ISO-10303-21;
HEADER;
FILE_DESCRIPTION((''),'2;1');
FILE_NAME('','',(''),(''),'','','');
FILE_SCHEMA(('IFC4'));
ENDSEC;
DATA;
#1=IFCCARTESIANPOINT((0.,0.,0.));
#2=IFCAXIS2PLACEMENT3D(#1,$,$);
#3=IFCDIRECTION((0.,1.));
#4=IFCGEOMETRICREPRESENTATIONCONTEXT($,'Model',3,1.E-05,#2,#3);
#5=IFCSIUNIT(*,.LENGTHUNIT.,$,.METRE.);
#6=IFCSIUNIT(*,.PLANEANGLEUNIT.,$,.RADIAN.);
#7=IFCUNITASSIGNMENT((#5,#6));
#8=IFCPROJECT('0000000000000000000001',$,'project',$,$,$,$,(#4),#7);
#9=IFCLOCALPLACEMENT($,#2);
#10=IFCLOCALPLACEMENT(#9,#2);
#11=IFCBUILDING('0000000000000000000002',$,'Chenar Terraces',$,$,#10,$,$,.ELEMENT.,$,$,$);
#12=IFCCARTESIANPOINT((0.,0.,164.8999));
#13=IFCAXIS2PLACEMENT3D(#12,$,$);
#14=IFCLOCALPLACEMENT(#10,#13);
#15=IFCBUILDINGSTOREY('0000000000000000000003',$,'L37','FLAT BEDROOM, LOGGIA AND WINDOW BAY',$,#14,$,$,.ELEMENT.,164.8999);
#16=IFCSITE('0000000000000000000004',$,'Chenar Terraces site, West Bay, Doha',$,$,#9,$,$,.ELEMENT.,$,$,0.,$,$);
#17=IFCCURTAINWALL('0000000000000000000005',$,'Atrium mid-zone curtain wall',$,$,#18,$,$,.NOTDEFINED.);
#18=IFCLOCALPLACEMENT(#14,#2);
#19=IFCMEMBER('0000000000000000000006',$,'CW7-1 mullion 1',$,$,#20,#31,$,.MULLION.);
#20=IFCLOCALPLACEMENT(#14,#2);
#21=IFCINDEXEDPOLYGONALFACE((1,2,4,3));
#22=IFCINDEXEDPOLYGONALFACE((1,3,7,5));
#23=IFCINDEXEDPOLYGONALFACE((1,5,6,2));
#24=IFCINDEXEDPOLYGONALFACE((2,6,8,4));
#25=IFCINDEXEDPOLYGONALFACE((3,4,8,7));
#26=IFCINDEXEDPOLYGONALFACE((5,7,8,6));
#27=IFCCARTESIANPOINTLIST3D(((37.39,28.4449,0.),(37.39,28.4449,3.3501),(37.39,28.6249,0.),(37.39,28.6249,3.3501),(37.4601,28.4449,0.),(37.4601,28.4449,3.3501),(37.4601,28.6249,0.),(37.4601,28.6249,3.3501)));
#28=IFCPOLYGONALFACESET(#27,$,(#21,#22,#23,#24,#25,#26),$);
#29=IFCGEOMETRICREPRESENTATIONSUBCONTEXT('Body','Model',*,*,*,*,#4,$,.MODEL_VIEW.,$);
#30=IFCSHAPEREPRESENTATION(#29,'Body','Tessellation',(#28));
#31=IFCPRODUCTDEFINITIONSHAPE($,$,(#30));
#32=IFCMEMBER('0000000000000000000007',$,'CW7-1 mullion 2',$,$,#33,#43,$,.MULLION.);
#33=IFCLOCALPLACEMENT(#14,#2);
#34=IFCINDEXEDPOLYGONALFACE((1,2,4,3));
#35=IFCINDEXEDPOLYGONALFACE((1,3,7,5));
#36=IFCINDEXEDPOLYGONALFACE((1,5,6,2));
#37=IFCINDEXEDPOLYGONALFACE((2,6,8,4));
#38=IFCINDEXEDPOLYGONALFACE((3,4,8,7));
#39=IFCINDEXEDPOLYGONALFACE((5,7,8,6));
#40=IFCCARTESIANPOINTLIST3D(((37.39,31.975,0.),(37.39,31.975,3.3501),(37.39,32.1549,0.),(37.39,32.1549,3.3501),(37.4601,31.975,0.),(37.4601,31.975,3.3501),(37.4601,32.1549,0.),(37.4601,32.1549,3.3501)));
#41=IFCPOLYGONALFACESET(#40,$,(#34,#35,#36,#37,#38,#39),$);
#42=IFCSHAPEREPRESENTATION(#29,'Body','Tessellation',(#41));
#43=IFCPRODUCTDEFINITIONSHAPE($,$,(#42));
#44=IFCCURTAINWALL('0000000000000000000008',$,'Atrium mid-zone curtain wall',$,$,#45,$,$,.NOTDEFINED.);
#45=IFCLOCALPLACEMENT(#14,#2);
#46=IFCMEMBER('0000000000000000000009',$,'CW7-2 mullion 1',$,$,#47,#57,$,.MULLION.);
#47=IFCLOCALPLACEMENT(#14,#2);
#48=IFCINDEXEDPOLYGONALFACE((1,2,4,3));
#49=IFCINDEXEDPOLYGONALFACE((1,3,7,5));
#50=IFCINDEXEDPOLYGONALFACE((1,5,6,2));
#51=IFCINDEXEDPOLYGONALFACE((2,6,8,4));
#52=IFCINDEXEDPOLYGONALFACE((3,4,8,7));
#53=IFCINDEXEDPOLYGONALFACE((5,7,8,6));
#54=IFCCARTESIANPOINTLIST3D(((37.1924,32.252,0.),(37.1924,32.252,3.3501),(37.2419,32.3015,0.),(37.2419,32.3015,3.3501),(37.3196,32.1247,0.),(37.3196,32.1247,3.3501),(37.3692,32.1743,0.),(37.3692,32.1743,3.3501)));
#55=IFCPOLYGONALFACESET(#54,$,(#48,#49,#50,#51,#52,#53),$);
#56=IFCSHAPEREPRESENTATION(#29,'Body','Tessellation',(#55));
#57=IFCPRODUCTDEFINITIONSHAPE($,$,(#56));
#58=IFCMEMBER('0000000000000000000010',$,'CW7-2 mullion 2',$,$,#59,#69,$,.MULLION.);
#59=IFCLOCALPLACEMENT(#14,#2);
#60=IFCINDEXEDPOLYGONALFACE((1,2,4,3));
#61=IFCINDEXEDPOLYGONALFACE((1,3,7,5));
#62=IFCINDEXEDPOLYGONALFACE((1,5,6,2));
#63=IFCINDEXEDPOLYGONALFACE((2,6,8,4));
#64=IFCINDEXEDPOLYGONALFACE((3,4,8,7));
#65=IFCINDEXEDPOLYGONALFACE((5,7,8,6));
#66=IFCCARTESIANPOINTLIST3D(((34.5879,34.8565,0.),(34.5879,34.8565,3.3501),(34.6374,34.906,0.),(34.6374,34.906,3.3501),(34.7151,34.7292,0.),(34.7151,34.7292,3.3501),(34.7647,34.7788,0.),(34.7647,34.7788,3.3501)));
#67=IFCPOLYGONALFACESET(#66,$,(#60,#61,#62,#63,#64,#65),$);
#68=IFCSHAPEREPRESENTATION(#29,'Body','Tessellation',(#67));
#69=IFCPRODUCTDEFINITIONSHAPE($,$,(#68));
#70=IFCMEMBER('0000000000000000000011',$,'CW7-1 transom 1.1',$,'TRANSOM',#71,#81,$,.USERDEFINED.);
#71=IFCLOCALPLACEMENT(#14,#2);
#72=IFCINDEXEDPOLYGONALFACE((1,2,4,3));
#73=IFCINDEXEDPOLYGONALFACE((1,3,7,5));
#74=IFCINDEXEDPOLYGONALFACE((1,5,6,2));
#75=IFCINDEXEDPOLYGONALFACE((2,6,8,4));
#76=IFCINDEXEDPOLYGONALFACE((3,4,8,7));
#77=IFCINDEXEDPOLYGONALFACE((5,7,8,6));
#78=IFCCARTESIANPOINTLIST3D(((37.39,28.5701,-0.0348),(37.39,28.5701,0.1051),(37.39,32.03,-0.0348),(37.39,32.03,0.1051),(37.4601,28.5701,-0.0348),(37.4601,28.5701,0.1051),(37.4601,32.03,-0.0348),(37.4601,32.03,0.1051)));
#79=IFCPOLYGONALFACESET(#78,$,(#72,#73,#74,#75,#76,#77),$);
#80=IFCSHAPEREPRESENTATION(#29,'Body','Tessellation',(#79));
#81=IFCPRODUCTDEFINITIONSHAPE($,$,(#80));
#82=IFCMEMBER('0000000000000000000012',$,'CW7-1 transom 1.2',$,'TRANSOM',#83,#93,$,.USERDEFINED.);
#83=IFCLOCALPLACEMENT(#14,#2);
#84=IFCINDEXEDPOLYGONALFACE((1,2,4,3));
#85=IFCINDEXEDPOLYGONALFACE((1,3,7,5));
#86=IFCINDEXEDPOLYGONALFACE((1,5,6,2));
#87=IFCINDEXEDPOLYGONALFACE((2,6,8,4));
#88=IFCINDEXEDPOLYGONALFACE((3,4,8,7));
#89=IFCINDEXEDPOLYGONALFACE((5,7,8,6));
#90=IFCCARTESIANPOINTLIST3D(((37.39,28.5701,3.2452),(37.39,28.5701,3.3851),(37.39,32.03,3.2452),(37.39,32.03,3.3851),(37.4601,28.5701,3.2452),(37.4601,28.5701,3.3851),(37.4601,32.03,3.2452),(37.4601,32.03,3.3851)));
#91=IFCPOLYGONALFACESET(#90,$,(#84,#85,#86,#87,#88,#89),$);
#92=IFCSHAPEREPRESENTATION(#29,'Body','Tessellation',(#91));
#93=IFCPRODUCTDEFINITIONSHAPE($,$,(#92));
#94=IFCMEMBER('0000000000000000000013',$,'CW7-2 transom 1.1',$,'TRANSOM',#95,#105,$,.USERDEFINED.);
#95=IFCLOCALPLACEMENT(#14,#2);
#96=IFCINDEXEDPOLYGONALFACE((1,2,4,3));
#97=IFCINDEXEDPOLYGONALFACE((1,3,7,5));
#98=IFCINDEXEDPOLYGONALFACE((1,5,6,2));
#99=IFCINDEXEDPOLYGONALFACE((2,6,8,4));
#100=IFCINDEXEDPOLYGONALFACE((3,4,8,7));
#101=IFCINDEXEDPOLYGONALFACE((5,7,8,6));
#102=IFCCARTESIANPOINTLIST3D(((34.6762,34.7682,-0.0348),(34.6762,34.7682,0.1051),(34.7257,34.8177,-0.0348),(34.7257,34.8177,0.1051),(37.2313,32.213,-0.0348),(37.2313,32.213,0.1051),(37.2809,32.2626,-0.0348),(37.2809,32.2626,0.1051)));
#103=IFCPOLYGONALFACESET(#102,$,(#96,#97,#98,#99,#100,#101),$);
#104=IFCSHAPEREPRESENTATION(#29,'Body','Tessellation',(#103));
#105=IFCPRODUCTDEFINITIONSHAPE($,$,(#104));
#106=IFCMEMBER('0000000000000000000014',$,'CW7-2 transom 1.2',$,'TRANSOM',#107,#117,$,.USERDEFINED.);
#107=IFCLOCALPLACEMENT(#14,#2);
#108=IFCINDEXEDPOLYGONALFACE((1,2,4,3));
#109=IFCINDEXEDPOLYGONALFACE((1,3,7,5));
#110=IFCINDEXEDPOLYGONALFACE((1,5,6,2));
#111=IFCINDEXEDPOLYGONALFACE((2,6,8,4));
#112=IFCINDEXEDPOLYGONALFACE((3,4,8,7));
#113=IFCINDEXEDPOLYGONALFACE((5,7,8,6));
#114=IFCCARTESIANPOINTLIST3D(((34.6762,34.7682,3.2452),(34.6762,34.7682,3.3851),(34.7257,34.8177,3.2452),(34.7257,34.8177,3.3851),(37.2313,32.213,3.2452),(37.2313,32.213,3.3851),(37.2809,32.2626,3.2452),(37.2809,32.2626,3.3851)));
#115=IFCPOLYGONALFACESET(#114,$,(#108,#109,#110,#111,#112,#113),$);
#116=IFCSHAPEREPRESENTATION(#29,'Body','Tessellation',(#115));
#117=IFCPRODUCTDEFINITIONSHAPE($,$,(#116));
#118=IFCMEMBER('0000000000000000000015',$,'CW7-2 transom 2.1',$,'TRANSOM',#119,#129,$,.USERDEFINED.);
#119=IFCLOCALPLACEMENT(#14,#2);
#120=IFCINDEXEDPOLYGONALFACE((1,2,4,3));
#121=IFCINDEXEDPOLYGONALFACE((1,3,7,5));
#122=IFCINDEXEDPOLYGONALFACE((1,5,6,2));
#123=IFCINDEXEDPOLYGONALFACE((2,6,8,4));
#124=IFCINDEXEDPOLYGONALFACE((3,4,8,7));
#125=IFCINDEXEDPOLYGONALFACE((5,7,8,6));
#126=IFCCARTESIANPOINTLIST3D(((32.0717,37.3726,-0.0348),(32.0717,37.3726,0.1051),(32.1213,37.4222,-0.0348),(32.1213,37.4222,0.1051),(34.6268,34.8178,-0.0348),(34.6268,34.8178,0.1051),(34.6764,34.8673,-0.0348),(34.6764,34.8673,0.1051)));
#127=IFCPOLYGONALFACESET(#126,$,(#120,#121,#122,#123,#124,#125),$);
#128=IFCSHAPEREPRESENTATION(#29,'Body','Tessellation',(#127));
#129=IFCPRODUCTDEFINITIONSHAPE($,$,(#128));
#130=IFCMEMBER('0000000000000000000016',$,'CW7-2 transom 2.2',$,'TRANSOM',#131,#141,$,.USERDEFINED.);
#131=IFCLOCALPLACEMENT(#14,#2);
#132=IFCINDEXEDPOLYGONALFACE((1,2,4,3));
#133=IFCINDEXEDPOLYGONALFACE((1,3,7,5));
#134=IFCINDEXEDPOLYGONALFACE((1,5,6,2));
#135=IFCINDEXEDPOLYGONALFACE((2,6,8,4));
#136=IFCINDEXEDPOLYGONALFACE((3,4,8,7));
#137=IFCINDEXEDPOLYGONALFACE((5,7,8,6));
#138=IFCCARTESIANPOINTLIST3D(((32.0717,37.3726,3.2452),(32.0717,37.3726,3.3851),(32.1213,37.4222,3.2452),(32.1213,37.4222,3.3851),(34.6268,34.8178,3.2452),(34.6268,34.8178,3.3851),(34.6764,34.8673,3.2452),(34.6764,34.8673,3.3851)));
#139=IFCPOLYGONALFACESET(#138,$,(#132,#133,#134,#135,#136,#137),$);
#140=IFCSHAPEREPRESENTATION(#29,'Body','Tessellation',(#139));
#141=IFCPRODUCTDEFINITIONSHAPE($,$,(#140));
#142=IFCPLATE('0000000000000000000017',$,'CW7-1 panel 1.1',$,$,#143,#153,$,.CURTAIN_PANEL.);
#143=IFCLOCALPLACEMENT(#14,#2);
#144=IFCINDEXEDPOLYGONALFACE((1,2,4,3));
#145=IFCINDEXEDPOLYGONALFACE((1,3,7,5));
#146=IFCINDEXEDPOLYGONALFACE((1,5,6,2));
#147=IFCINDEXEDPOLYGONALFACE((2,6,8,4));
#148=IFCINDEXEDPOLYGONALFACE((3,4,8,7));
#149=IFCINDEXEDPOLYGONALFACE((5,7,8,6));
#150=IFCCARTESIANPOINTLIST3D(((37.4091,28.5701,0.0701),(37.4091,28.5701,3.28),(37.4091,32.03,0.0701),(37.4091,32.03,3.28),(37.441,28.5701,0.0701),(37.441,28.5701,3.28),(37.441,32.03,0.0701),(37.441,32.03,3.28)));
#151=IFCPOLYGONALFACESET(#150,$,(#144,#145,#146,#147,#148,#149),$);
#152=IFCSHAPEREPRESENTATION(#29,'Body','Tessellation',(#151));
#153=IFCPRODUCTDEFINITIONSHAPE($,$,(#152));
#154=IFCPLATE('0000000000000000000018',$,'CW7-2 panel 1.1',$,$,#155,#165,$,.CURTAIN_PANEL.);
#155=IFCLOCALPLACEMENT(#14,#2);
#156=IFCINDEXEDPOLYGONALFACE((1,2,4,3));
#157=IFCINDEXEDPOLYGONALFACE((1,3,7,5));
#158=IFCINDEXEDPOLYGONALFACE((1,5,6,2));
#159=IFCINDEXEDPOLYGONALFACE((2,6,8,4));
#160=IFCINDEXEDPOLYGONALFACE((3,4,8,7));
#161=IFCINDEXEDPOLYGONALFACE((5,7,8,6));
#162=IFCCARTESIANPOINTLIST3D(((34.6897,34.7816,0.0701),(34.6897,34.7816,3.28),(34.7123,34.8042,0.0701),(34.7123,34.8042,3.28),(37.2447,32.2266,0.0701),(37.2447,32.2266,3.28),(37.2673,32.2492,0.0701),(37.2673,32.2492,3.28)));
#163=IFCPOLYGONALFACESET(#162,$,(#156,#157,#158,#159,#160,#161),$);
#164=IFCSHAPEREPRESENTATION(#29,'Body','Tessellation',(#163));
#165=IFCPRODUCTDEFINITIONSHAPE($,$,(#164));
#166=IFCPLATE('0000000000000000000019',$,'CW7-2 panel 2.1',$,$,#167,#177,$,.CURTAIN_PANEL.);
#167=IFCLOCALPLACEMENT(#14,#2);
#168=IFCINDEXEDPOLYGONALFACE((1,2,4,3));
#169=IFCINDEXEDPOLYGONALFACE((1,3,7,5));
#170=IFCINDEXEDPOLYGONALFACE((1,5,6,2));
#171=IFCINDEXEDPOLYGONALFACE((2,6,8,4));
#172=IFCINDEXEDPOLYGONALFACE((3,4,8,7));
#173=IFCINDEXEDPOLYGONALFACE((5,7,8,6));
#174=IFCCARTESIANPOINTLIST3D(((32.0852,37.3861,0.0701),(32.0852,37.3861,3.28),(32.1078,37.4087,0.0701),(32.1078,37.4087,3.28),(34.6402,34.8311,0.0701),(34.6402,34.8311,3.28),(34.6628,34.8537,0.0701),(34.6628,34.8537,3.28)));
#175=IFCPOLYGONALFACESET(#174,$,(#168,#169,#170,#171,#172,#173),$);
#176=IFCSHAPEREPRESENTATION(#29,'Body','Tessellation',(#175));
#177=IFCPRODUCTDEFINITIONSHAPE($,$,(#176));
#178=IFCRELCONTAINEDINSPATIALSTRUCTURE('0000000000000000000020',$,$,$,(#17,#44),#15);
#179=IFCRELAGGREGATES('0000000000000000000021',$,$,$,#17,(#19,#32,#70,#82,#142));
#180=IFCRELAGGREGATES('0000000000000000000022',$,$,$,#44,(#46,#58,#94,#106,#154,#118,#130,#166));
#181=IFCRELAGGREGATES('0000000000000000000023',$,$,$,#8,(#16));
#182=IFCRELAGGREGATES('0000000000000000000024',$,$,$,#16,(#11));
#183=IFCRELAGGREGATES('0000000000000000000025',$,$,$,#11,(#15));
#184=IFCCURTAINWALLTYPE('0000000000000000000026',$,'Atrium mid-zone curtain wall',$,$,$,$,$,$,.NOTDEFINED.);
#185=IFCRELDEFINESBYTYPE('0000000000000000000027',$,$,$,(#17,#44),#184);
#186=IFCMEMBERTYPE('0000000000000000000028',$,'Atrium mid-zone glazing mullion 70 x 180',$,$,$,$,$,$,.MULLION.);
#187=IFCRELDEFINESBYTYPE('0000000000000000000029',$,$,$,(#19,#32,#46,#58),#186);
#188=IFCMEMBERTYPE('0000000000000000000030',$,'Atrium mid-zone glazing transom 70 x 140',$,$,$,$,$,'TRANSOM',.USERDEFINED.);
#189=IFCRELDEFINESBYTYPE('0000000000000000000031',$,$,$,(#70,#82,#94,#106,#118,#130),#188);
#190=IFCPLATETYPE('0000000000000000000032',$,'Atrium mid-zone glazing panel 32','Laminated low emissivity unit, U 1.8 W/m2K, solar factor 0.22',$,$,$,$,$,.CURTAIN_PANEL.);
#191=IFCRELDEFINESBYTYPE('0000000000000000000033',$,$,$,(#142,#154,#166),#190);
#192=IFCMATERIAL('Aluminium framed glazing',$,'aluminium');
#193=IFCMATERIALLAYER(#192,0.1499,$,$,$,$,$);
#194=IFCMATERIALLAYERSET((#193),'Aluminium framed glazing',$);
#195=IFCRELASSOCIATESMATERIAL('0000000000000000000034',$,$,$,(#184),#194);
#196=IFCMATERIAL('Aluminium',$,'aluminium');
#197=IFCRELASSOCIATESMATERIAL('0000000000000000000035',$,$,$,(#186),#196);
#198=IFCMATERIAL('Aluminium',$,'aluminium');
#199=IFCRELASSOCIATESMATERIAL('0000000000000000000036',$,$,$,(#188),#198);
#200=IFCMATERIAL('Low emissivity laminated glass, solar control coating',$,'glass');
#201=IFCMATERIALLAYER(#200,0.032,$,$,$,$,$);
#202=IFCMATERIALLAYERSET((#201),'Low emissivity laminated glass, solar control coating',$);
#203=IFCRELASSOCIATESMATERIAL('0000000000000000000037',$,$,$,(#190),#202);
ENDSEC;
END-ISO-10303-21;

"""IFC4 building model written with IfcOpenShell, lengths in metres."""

from ifc_helpers import new_model, si_unit, direction, frame, origin, origin_2d, place, context, subcontext, project, spatial, rectangle, extrude, material, layer, layer_set, material_profile, profile_set, type_object, element, aggregate, save


model = new_model("IFC4")

# Units and contexts
model_context = context("Model", 3, precision=1e-05, world=origin(), true_north=direction((0.0, 1.0)))
body_context = subcontext(model_context, "Body", "Model", "MODEL_VIEW")
ifc_project = project(units=[si_unit("LENGTHUNIT", "METRE"), si_unit("PLANEANGLEUNIT", "RADIAN")], contexts=[model_context])

# Site, building, storey
site_placement = place(None, origin())
site = spatial("IfcSite", under=ifc_project, at=site_placement, Name="Chenar Terraces site, West Bay, Doha", CompositionType="ELEMENT", RefElevation=0.0)
building_placement = place(site_placement, origin())
building = spatial("IfcBuilding", under=site, at=building_placement, Name="Chenar Terraces", CompositionType="ELEMENT")
storey_placement = place(building_placement, frame((0.0, 0.0, 164.8999)))
storey = spatial("IfcBuildingStorey", under=building, at=storey_placement, Name="L37", Description="FLAT BEDROOM, LOGGIA AND WINDOW BAY", CompositionType="ELEMENT", Elevation=164.8999)

# Curtain walls, members
ifc_material_1 = material(Name="Aluminium framed glazing", Category="aluminium")
ifc_layer_1 = layer(ifc_material_1, 0.1499)
ifc_layer_set_1 = layer_set([ifc_layer_1], Name="Aluminium framed glazing")
curtain_wall_type = type_object("IfcCurtainWallType", Name="Atrium mid-zone curtain wall", PredefinedType="NOTDEFINED", material=ifc_layer_set_1)
placement = place(storey_placement, origin())
curtain_wall_1 = element("IfcCurtainWall", 1, at=placement, inside=storey, type_object=curtain_wall_type, Name="Atrium mid-zone curtain wall", PredefinedType="NOTDEFINED")
ifc_material_2 = material(Name="Aluminium", Category="aluminium")
ifc_material_profile_1 = material_profile(ifc_material_2, rectangle(XDim=0.0701, YDim=0.1799, at=origin_2d()), Name="Atrium mid-zone glazing mullion 70 x 180")
ifc_profile_set_1 = profile_set([ifc_material_profile_1], Name="Aluminium")
member_type_1 = type_object("IfcMemberType", Name="Atrium mid-zone glazing mullion 70 x 180", PredefinedType="MULLION", material=ifc_profile_set_1)
member_1_placement = place(storey_placement, frame((37.425, 28.5349, 0.0), z_axis=(0.0, 0.0, 1.0), x_axis=(-1.0, 0.0, 0.0)))
member_1 = element("IfcMember", 2, at=member_1_placement, type_object=member_type_1, Name="CW7-1 mullion 1", PredefinedType="MULLION", context=body_context, shape_type="SweptSolid", body=[
    extrude(rectangle(XDim=0.0701, YDim=0.1799, at=origin_2d()), origin(), (0.0, 0.0, 1.0), 3.3501),
])
member_2_placement = place(storey_placement, frame((37.425, 32.0649, 0.0), z_axis=(0.0, 0.0, 1.0), x_axis=(-1.0, 0.0, 0.0)))
member_2 = element("IfcMember", 3, at=member_2_placement, type_object=member_type_1, Name="CW7-1 mullion 2", PredefinedType="MULLION", context=body_context, shape_type="SweptSolid", body=[
    extrude(rectangle(XDim=0.0701, YDim=0.1799, at=origin_2d()), origin(), (0.0, 0.0, 1.0), 3.3501),
])
curtain_wall_2 = element("IfcCurtainWall", 4, at=placement, inside=storey, type_object=curtain_wall_type, Name="Atrium mid-zone curtain wall", PredefinedType="NOTDEFINED")
member_3_placement = place(storey_placement, frame((37.2808, 32.2131, 0.0), z_axis=(0.0, 0.0, 1.0), x_axis=(-0.707107, -0.707107, 0.0)))
member_3 = element("IfcMember", 5, at=member_3_placement, type_object=member_type_1, Name="CW7-2 mullion 1", PredefinedType="MULLION", context=body_context, shape_type="SweptSolid", body=[
    extrude(rectangle(XDim=0.0701, YDim=0.1799, at=origin_2d()), origin(), (0.0, 0.0, 1.0), 3.3501),
])
member_4_placement = place(storey_placement, frame((34.6763, 34.8176, 0.0), z_axis=(0.0, 0.0, 1.0), x_axis=(-0.707107, -0.707107, 0.0)))
member_4 = element("IfcMember", 6, at=member_4_placement, type_object=member_type_1, Name="CW7-2 mullion 2", PredefinedType="MULLION", context=body_context, shape_type="SweptSolid", body=[
    extrude(rectangle(XDim=0.0701, YDim=0.1799, at=origin_2d()), origin(), (0.0, 0.0, 1.0), 3.3501),
])

# Members
ifc_material_3 = material(Name="Aluminium", Category="aluminium")
ifc_material_profile_2 = material_profile(ifc_material_3, rectangle(XDim=0.0701, YDim=0.1399, at=origin_2d()), Name="Atrium mid-zone glazing transom 70 x 140")
ifc_profile_set_2 = profile_set([ifc_material_profile_2], Name="Aluminium")
member_type_2 = type_object("IfcMemberType", Name="Atrium mid-zone glazing transom 70 x 140", ElementType="TRANSOM", PredefinedType="USERDEFINED", material=ifc_profile_set_2)
member_5_placement = place(storey_placement, frame((37.425, 28.5701, 0.0352), z_axis=(0.0, 1.0, 0.0), x_axis=(-1.0, 0.0, 0.0)))
member_5 = element("IfcMember", 7, at=member_5_placement, type_object=member_type_2, Name="CW7-1 transom 1.1", ObjectType="TRANSOM", PredefinedType="USERDEFINED", context=body_context, shape_type="SweptSolid", body=[
    extrude(rectangle(XDim=0.0701, YDim=0.1399, at=origin_2d()), origin(), (0.0, 0.0, 1.0), 3.46),
])
member_6_placement = place(storey_placement, frame((37.425, 28.5701, 3.3152), z_axis=(0.0, 1.0, 0.0), x_axis=(-1.0, 0.0, 0.0)))
member_6 = element("IfcMember", 8, at=member_6_placement, type_object=member_type_2, Name="CW7-1 transom 1.2", ObjectType="TRANSOM", PredefinedType="USERDEFINED", context=body_context, shape_type="SweptSolid", body=[
    extrude(rectangle(XDim=0.0701, YDim=0.1399, at=origin_2d()), origin(), (0.0, 0.0, 1.0), 3.46),
])
member_7_placement = place(storey_placement, frame((37.2561, 32.2378, 0.0352), z_axis=(-0.707107, 0.707107, 0.0), x_axis=(-0.707107, -0.707107, 0.0)))
member_7 = element("IfcMember", 9, at=member_7_placement, type_object=member_type_2, Name="CW7-2 transom 1.1", ObjectType="TRANSOM", PredefinedType="USERDEFINED", context=body_context, shape_type="SweptSolid", body=[
    extrude(rectangle(XDim=0.0701, YDim=0.1399, at=origin_2d()), origin(), (0.0, 0.0, 1.0), 3.6135),
])
member_8_placement = place(storey_placement, frame((37.2561, 32.2378, 3.3152), z_axis=(-0.707107, 0.707107, 0.0), x_axis=(-0.707107, -0.707107, 0.0)))
member_8 = element("IfcMember", 10, at=member_8_placement, type_object=member_type_2, Name="CW7-2 transom 1.2", ObjectType="TRANSOM", PredefinedType="USERDEFINED", context=body_context, shape_type="SweptSolid", body=[
    extrude(rectangle(XDim=0.0701, YDim=0.1399, at=origin_2d()), origin(), (0.0, 0.0, 1.0), 3.6135),
])
member_9_placement = place(storey_placement, frame((34.6516, 34.8425, 0.0352), z_axis=(-0.707141, 0.707073, 0.0), x_axis=(-0.707073, -0.707141, 0.0)))
member_9 = element("IfcMember", 11, at=member_9_placement, type_object=member_type_2, Name="CW7-2 transom 2.1", ObjectType="TRANSOM", PredefinedType="USERDEFINED", context=body_context, shape_type="SweptSolid", body=[
    extrude(rectangle(XDim=0.0701, YDim=0.1399, at=origin_2d()), origin(), (0.0, 0.0, 1.0), 3.6133),
])
member_10_placement = place(storey_placement, frame((34.6516, 34.8425, 3.3152), z_axis=(-0.707141, 0.707073, 0.0), x_axis=(-0.707073, -0.707141, 0.0)))
member_10 = element("IfcMember", 12, at=member_10_placement, type_object=member_type_2, Name="CW7-2 transom 2.2", ObjectType="TRANSOM", PredefinedType="USERDEFINED", context=body_context, shape_type="SweptSolid", body=[
    extrude(rectangle(XDim=0.0701, YDim=0.1399, at=origin_2d()), origin(), (0.0, 0.0, 1.0), 3.6133),
])

# Plates
ifc_material_4 = material(Name="Low emissivity laminated glass, solar control coating", Category="glass")
ifc_layer_2 = layer(ifc_material_4, 0.032)
ifc_layer_set_2 = layer_set([ifc_layer_2], Name="Low emissivity laminated glass, solar control coating")
plate_type = type_object("IfcPlateType", Name="Atrium mid-zone glazing panel 32", Description="Laminated low emissivity unit, U 1.8 W/m2K, solar factor 0.22", PredefinedType="CURTAIN_PANEL", material=ifc_layer_set_2)
plate_1_placement = place(storey_placement, frame((37.425, 30.3, 0.0701), z_axis=(0.0, 0.0, 1.0), x_axis=(0.0, 1.0, 0.0)))
plate_1 = element("IfcPlate", 13, at=plate_1_placement, type_object=plate_type, Name="CW7-1 panel 1.1", PredefinedType="CURTAIN_PANEL", context=body_context, shape_type="SweptSolid", body=[
    extrude(rectangle(XDim=3.46, YDim=0.032, at=origin_2d()), origin(), (0.0, 0.0, 1.0), 3.21),
])
aggregate(curtain_wall_1, [member_1, member_2, member_5, member_6, plate_1])
plate_2_placement = place(storey_placement, frame((35.9785, 33.5154, 0.0701), z_axis=(0.0, 0.0, 1.0), x_axis=(-0.707107, 0.707107, 0.0)))
plate_2 = element("IfcPlate", 14, at=plate_2_placement, type_object=plate_type, Name="CW7-2 panel 1.1", PredefinedType="CURTAIN_PANEL", context=body_context, shape_type="SweptSolid", body=[
    extrude(rectangle(XDim=3.6133, YDim=0.032, at=origin_2d()), origin(), (0.0, 0.0, 1.0), 3.21),
])
plate_3_placement = place(storey_placement, frame((33.374, 36.1199, 0.0701), z_axis=(0.0, 0.0, 1.0), x_axis=(-0.707107, 0.707107, 0.0)))
plate_3 = element("IfcPlate", 15, at=plate_3_placement, type_object=plate_type, Name="CW7-2 panel 2.1", PredefinedType="CURTAIN_PANEL", context=body_context, shape_type="SweptSolid", body=[
    extrude(rectangle(XDim=3.6133, YDim=0.032, at=origin_2d()), origin(), (0.0, 0.0, 1.0), 3.21),
])
aggregate(curtain_wall_2, [member_3, member_4, member_7, member_8, plate_2, member_9, member_10, plate_3])

save(model, "model.ifc")
